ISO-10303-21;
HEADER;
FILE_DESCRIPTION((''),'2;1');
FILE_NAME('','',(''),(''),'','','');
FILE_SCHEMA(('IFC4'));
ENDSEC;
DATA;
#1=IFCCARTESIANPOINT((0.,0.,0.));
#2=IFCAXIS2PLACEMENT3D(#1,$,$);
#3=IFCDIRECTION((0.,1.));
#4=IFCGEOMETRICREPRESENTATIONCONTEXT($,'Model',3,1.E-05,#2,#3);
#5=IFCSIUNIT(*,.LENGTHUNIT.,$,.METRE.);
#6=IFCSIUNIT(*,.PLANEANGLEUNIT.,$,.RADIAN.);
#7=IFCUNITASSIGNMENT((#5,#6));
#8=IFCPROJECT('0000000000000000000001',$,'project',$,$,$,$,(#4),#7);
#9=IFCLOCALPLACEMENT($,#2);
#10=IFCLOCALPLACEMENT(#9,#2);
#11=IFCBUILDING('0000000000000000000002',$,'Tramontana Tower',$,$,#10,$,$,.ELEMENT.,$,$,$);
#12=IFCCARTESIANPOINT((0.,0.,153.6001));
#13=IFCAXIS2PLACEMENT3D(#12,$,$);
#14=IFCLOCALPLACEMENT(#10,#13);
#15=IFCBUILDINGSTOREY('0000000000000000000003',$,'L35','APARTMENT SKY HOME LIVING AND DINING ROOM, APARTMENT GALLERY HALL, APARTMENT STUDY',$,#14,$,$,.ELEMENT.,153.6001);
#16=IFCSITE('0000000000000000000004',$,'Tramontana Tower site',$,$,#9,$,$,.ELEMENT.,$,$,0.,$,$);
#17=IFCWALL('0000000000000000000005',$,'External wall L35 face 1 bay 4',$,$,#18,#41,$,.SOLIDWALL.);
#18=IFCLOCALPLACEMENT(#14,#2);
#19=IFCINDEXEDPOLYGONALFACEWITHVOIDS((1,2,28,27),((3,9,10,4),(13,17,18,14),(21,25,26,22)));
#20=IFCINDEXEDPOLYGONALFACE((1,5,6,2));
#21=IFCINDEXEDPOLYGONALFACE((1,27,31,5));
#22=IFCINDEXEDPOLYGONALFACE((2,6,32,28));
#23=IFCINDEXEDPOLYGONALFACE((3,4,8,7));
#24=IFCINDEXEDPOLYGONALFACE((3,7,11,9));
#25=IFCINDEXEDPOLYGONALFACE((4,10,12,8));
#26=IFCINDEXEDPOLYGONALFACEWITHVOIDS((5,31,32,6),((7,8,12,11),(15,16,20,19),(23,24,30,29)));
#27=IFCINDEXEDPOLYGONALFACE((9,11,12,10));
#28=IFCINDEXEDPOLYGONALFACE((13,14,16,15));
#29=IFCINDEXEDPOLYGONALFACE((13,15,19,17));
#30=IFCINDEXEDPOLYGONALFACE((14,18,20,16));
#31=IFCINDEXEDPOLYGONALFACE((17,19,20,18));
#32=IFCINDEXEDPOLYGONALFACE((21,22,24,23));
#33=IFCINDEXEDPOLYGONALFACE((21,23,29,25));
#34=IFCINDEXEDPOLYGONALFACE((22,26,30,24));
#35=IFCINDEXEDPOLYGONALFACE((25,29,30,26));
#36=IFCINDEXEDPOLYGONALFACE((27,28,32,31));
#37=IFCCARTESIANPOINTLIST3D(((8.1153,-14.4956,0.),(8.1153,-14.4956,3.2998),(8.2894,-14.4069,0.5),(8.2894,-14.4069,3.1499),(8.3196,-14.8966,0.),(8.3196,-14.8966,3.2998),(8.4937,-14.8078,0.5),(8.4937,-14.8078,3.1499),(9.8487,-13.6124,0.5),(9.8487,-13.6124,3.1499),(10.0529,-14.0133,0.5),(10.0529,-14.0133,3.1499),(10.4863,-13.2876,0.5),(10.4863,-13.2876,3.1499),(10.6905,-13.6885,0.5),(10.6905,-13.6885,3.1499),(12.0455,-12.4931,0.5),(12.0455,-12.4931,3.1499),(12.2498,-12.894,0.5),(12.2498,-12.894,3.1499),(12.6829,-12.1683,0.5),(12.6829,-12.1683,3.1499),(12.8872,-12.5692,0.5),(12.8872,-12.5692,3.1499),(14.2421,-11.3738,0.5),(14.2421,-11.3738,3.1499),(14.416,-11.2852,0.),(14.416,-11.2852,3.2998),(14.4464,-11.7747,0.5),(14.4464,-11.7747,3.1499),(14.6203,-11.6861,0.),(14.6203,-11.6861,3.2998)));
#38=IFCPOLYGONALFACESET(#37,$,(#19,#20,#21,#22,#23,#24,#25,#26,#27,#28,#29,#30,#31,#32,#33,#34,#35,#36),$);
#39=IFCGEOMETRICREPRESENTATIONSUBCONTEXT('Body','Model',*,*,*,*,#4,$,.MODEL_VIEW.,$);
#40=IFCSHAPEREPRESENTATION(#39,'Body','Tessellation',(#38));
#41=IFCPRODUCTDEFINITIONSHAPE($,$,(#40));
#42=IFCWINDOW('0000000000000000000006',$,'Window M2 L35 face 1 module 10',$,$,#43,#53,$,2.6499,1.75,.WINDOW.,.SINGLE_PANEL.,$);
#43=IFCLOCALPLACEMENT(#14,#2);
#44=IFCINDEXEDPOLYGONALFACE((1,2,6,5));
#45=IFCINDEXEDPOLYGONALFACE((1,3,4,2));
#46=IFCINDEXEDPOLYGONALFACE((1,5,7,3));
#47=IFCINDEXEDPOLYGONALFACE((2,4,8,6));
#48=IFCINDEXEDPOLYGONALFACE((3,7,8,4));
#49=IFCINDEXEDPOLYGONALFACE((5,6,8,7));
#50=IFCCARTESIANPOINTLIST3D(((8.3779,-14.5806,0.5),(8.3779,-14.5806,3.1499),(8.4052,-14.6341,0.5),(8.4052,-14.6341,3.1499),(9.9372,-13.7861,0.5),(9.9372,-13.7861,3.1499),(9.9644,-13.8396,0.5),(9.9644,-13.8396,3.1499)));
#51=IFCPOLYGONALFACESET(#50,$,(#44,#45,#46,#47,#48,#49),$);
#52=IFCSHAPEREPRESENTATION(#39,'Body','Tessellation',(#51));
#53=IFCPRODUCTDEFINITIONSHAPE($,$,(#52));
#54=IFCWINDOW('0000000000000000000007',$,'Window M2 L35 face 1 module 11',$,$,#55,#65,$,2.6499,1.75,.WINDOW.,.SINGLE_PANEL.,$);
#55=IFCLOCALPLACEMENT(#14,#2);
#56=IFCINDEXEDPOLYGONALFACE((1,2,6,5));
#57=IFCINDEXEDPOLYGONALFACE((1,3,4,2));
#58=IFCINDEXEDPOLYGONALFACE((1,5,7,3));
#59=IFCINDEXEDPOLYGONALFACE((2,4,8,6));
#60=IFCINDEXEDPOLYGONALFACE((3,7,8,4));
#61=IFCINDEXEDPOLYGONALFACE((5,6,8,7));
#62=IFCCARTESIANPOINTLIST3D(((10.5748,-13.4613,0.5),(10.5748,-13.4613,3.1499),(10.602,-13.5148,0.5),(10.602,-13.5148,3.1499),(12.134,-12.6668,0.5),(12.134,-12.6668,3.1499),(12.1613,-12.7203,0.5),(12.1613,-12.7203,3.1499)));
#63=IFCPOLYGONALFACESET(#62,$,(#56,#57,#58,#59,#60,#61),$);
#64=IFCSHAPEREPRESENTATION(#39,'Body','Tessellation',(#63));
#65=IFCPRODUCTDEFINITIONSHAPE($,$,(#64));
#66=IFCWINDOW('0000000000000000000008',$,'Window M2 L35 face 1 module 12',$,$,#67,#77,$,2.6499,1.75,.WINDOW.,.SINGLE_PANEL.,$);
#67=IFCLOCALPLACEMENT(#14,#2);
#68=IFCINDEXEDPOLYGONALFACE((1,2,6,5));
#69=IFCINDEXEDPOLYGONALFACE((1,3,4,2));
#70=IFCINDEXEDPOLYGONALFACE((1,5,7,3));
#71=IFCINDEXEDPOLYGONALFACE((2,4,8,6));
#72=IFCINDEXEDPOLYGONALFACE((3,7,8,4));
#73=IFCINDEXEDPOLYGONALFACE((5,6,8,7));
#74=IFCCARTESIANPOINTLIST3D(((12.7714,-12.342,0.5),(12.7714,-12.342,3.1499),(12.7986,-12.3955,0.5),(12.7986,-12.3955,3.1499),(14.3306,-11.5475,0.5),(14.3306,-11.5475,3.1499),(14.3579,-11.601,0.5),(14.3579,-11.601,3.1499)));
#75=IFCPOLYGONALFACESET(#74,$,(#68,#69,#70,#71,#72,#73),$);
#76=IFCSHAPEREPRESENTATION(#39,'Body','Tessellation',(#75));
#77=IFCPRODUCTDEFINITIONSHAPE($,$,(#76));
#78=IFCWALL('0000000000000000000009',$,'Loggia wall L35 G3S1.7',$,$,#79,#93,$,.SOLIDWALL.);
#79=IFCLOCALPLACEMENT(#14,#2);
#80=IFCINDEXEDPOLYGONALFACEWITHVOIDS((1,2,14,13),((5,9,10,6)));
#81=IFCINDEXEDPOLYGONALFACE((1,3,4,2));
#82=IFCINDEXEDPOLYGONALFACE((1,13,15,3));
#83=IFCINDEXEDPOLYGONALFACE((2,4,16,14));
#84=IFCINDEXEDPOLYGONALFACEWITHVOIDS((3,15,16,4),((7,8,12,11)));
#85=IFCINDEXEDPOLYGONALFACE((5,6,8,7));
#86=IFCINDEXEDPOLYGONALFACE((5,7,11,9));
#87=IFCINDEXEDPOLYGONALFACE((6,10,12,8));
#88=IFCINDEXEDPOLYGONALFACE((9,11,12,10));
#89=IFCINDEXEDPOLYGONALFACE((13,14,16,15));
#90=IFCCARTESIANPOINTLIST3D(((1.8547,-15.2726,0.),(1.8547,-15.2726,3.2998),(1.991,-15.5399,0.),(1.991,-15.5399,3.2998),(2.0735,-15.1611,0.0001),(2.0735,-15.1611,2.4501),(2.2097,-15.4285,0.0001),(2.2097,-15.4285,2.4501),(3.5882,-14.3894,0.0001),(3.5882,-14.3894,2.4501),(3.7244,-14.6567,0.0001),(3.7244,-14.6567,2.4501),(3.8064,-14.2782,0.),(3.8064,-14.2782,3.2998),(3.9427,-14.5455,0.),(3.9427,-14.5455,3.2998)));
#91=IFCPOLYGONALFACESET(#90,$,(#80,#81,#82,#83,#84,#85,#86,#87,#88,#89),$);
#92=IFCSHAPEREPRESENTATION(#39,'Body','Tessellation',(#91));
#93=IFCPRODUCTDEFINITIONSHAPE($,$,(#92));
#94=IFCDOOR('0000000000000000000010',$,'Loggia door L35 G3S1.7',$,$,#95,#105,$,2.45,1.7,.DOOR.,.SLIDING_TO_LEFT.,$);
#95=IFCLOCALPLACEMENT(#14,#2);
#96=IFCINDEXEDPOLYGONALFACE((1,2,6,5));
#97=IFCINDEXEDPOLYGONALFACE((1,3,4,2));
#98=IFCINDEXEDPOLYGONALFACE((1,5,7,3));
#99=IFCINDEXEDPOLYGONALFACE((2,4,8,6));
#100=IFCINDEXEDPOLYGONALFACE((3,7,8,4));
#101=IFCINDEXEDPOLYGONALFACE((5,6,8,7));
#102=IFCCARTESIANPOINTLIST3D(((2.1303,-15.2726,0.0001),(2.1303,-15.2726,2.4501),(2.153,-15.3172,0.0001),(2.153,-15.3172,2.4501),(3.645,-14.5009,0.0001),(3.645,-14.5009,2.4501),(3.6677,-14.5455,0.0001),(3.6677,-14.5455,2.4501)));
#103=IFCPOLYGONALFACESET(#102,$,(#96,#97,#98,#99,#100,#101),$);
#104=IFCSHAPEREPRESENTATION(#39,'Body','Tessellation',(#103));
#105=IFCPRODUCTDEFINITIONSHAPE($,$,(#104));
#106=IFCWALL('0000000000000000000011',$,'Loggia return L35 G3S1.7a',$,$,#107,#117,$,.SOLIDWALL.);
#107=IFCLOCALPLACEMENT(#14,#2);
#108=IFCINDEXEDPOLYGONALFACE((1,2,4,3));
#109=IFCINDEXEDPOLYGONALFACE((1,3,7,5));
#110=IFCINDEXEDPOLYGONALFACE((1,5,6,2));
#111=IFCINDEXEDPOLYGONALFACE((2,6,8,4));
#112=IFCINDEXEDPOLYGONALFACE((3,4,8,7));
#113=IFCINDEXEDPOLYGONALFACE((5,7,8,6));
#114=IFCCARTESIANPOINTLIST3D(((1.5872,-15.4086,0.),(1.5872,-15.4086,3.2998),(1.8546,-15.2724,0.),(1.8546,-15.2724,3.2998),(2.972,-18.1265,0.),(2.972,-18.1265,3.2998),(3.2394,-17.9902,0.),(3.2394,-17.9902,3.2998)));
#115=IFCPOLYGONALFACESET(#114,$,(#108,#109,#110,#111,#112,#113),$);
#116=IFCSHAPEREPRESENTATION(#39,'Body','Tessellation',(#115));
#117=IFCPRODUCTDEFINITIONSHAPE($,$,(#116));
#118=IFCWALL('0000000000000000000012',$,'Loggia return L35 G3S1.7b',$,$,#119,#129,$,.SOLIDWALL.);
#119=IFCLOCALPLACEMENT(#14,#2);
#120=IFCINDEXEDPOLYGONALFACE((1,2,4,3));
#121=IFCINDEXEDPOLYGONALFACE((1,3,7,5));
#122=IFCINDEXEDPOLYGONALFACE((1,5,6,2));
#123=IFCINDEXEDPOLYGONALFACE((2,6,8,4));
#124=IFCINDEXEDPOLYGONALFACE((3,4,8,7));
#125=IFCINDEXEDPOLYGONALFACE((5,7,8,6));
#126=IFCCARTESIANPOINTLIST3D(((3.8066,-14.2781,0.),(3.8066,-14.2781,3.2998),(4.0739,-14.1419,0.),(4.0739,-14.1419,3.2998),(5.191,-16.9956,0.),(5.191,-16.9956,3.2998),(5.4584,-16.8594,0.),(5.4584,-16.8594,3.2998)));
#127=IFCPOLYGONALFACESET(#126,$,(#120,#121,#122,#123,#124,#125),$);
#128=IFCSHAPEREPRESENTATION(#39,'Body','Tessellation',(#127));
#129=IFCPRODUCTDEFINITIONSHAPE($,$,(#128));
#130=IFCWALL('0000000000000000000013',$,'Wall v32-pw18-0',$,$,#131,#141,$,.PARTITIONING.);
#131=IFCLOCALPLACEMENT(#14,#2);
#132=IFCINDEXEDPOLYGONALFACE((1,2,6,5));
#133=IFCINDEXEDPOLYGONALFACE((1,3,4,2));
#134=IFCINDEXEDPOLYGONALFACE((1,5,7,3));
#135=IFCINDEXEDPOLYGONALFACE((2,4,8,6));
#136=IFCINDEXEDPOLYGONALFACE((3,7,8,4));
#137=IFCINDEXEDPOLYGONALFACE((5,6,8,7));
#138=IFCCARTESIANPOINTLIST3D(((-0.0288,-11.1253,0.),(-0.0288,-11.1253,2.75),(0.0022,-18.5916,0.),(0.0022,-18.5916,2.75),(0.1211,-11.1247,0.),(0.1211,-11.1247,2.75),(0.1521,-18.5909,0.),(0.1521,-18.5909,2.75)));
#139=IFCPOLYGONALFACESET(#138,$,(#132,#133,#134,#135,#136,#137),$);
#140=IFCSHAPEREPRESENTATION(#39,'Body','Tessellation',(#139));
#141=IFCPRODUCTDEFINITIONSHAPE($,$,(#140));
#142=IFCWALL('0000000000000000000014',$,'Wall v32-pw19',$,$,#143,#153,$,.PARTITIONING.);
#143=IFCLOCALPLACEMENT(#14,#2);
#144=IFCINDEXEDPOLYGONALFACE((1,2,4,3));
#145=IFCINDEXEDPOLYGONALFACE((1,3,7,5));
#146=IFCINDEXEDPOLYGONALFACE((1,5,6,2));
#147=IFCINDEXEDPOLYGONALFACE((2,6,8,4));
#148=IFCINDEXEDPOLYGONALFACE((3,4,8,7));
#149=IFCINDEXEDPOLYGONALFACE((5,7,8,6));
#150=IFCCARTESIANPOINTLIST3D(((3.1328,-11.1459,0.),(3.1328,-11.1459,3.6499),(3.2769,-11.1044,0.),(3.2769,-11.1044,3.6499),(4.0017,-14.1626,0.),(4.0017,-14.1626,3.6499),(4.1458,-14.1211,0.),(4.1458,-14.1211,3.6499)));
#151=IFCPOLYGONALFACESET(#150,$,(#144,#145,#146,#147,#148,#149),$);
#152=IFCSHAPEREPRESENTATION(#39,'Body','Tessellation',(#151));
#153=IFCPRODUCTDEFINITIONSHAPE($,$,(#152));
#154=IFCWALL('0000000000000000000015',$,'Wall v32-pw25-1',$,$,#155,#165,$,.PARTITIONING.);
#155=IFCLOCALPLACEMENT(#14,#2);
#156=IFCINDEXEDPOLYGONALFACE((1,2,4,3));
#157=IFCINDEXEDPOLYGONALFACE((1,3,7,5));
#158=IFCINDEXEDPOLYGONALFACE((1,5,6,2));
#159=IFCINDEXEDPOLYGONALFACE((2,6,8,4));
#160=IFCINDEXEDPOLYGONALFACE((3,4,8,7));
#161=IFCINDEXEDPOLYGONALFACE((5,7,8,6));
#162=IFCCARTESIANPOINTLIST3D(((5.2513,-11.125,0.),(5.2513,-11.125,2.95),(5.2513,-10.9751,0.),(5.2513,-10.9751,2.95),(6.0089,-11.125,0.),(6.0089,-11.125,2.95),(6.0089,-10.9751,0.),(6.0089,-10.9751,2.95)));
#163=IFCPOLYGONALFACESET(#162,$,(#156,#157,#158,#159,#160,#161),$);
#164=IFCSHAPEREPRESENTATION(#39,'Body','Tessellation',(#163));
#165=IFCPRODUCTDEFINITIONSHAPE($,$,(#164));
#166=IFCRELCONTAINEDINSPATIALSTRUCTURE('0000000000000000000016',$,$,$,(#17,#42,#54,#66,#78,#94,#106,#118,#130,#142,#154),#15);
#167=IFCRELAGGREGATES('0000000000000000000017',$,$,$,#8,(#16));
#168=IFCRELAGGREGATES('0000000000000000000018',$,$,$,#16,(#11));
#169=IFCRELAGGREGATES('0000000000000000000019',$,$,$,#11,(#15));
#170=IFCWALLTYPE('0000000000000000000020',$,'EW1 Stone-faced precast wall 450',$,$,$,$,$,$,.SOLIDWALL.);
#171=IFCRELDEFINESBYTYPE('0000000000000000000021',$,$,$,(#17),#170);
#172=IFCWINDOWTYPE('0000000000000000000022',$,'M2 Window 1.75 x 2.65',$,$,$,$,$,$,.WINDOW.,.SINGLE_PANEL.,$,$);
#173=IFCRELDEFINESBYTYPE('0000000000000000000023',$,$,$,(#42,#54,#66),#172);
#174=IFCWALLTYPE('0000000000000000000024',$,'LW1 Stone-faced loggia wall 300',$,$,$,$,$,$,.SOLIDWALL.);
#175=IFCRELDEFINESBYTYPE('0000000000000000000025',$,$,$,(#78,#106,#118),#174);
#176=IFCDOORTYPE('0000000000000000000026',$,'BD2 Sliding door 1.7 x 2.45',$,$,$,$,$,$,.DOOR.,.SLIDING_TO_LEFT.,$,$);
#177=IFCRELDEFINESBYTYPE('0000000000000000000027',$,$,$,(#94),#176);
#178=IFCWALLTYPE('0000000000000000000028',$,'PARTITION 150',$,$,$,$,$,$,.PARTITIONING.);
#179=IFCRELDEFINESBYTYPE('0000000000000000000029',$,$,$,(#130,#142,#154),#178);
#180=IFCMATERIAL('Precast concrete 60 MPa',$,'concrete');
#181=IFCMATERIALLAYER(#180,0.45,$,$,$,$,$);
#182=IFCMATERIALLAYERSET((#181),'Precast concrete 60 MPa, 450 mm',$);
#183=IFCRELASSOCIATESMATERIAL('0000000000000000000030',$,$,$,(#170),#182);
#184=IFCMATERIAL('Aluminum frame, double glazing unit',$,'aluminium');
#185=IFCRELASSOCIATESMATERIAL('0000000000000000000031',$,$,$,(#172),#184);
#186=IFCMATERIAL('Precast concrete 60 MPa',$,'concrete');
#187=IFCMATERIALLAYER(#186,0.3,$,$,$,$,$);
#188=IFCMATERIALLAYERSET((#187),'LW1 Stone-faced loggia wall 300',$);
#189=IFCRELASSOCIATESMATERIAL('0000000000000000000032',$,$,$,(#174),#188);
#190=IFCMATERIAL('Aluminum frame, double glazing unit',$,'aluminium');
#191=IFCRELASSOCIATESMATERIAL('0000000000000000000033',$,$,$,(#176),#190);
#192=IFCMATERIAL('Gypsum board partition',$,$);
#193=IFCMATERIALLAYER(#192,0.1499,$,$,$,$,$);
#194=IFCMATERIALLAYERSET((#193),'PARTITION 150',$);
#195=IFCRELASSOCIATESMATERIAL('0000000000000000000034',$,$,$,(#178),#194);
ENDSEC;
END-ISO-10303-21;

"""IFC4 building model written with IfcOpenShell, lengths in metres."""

from ifc_helpers import new_model, si_unit, direction, frame, frame_2d, origin, place, context, subcontext, project, spatial, rectangle, extrude, material, layer, layer_set, type_object, element, fill, save


model = new_model("IFC4")

# Units and contexts
model_context = context("Model", 3, precision=1e-05, world=origin(), true_north=direction((0.0, 1.0)))
body_context = subcontext(model_context, "Body", "Model", "MODEL_VIEW")
ifc_project = project(units=[si_unit("LENGTHUNIT", "METRE"), si_unit("PLANEANGLEUNIT", "RADIAN")], contexts=[model_context])

# Site, building, storey
site_placement = place(None, origin())
site = spatial("IfcSite", under=ifc_project, at=site_placement, Name="Tramontana Tower site", CompositionType="ELEMENT", RefElevation=0.0)
building_placement = place(site_placement, origin())
building = spatial("IfcBuilding", under=site, at=building_placement, Name="Tramontana Tower", CompositionType="ELEMENT")
storey_placement = place(building_placement, frame((0.0, 0.0, 153.6001)))
storey = spatial("IfcBuildingStorey", under=building, at=storey_placement, Name="L35", Description="APARTMENT SKY HOME LIVING AND DINING ROOM, APARTMENT GALLERY HALL, APARTMENT STUDY", CompositionType="ELEMENT", Elevation=153.6001)

# Shared definitions
ifc_material_1 = material(Name="Precast concrete 60 MPa", Category="concrete")
ifc_layer_1 = layer(ifc_material_1, 0.45)
ifc_layer_set_1 = layer_set([ifc_layer_1], Name="Precast concrete 60 MPa, 450 mm")
wall_type_1 = type_object("IfcWallType", Name="EW1 Stone-faced precast wall 450", PredefinedType="SOLIDWALL", material=ifc_layer_set_1)
ifc_material_2 = material(Name="Aluminum frame, double glazing unit", Category="aluminium")
window_type = type_object("IfcWindowType", Name="M2 Window 1.75 x 2.65", PartitioningType="SINGLE_PANEL", PredefinedType="WINDOW", material=ifc_material_2)

# Wall, openings, windows
wall_1_placement = place(storey_placement, frame((8.2175, -14.696, 0.0), z_axis=(0.0, 0.0, 1.0), x_axis=(0.891004, 0.453995, 0.0)))
wall_1 = element("IfcWall", 1, at=wall_1_placement, inside=storey, type_object=wall_type_1, Name="External wall L35 face 1 bay 4", PredefinedType="SOLIDWALL", context=body_context, shape_type="SweptSolid", body=[
    extrude(rectangle(XDim=7.0715, YDim=0.45, at=frame_2d((3.5356, 0.0))), origin(), (0.0, 0.0, 1.0), 3.2998),
])
opening_1_placement = place(wall_1_placement, frame((0.1953, 0.0, 0.5)))
opening_1 = element("IfcOpeningElement", 2, at=opening_1_placement, cuts=wall_1, PredefinedType="OPENING", context=body_context, shape_type="SweptSolid", body=[
    extrude(rectangle(XDim=1.75, YDim=2.6499, at=frame_2d((0.875, 1.325))), frame((0.0, 0.2349, 0.0), z_axis=(0.0, -1.0, 0.0), x_axis=(1.0, 0.0, 0.0)), (0.0, 0.0, 1.0), 0.47),
])
opening_2_placement = place(wall_1_placement, frame((2.6609, 0.0, 0.5)))
opening_2 = element("IfcOpeningElement", 3, at=opening_2_placement, cuts=wall_1, PredefinedType="OPENING", context=body_context, shape_type="SweptSolid", body=[
    extrude(rectangle(XDim=1.75, YDim=2.6499, at=frame_2d((0.875, 1.325))), frame((0.0, 0.2349, 0.0), z_axis=(0.0, -1.0, 0.0), x_axis=(1.0, 0.0, 0.0)), (0.0, 0.0, 1.0), 0.47),
])
opening_3_placement = place(wall_1_placement, frame((5.1262, 0.0, 0.5)))
opening_3 = element("IfcOpeningElement", 4, at=opening_3_placement, cuts=wall_1, PredefinedType="OPENING", context=body_context, shape_type="SweptSolid", body=[
    extrude(rectangle(XDim=1.75, YDim=2.6499, at=frame_2d((0.875, 1.325))), frame((0.0, 0.2349, 0.0), z_axis=(0.0, -1.0, 0.0), x_axis=(1.0, 0.0, 0.0)), (0.0, 0.0, 1.0), 0.47),
])
window_1_placement = place(opening_1_placement, origin())
window_1 = element("IfcWindow", 5, at=window_1_placement, inside=storey, type_object=window_type, Name="Window M2 L35 face 1 module 10", OverallHeight=2.6499, OverallWidth=1.75, PartitioningType="SINGLE_PANEL", PredefinedType="WINDOW", context=body_context, shape_type="SweptSolid", body=[
    extrude(rectangle(XDim=1.75, YDim=2.6499, at=frame_2d((0.875, 1.325))), frame((0.0, 0.03, 0.0), z_axis=(0.0, -1.0, 0.0), x_axis=(1.0, 0.0, 0.0)), (0.0, 0.0, 1.0), 0.0601),
])
fill(opening_1, window_1)
window_2_placement = place(opening_2_placement, origin())
window_2 = element("IfcWindow", 6, at=window_2_placement, inside=storey, type_object=window_type, Name="Window M2 L35 face 1 module 11", OverallHeight=2.6499, OverallWidth=1.75, PartitioningType="SINGLE_PANEL", PredefinedType="WINDOW", context=body_context, shape_type="SweptSolid", body=[
    extrude(rectangle(XDim=1.75, YDim=2.6499, at=frame_2d((0.875, 1.325))), frame((0.0, 0.03, 0.0), z_axis=(0.0, -1.0, 0.0), x_axis=(1.0, 0.0, 0.0)), (0.0, 0.0, 1.0), 0.0601),
])
fill(opening_2, window_2)
window_3_placement = place(opening_3_placement, origin())
window_3 = element("IfcWindow", 7, at=window_3_placement, inside=storey, type_object=window_type, Name="Window M2 L35 face 1 module 12", OverallHeight=2.6499, OverallWidth=1.75, PartitioningType="SINGLE_PANEL", PredefinedType="WINDOW", context=body_context, shape_type="SweptSolid", body=[
    extrude(rectangle(XDim=1.75, YDim=2.6499, at=frame_2d((0.875, 1.325))), frame((0.0, 0.03, 0.0), z_axis=(0.0, -1.0, 0.0), x_axis=(1.0, 0.0, 0.0)), (0.0, 0.0, 1.0), 0.0601),
])
fill(opening_3, window_3)

# Wall, opening, door
ifc_material_3 = material(Name="Precast concrete 60 MPa", Category="concrete")
ifc_layer_2 = layer(ifc_material_3, 0.3)
ifc_layer_set_2 = layer_set([ifc_layer_2], Name="LW1 Stone-faced loggia wall 300")
wall_type_2 = type_object("IfcWallType", Name="LW1 Stone-faced loggia wall 300", PredefinedType="SOLIDWALL", material=ifc_layer_set_2)
wall_2_placement = place(storey_placement, frame((1.9229, -15.4062, 0.0), z_axis=(0.0, 0.0, 1.0), x_axis=(0.891013, 0.453978, 0.0)))
wall_2 = element("IfcWall", 8, at=wall_2_placement, inside=storey, type_object=wall_type_2, Name="Loggia wall L35 G3S1.7", PredefinedType="SOLIDWALL", context=body_context, shape_type="SweptSolid", body=[
    extrude(rectangle(XDim=2.1904, YDim=0.3, at=frame_2d((1.0952, 0.0))), origin(), (0.0, 0.0, 1.0), 3.2998),
])
opening_4_placement = place(wall_2_placement, frame((0.2454, 0.0, 0.0)))
opening_4 = element("IfcOpeningElement", 9, at=opening_4_placement, cuts=wall_2, PredefinedType="OPENING", context=body_context, shape_type="SweptSolid", body=[
    extrude(rectangle(XDim=1.7, YDim=2.45, at=frame_2d((0.8501, 1.2251))), frame((0.0, 0.1599, 0.0), z_axis=(0.0, -1.0, 0.0), x_axis=(1.0, 0.0, 0.0)), (0.0, 0.0, 1.0), 0.3201),
])
ifc_material_4 = material(Name="Aluminum frame, double glazing unit", Category="aluminium")
door_type_1 = type_object("IfcDoorType", Name="BD2 Sliding door 1.7 x 2.45", OperationType="SLIDING_TO_LEFT", PredefinedType="DOOR", material=ifc_material_4)
door_1_placement = place(opening_4_placement, origin())
door_1 = element("IfcDoor", 10, at=door_1_placement, inside=storey, type_object=door_type_1, Name="Loggia door L35 G3S1.7", OperationType="SLIDING_TO_LEFT", OverallHeight=2.45, OverallWidth=1.7, PredefinedType="DOOR", context=body_context, shape_type="SweptSolid", body=[
    extrude(rectangle(XDim=1.7, YDim=2.45, at=frame_2d((0.8501, 1.2251))), frame((0.0, 0.0249, 0.0), z_axis=(0.0, -1.0, 0.0), x_axis=(1.0, 0.0, 0.0)), (0.0, 0.0, 1.0), 0.05),
])
fill(opening_4, door_1)

# Walls
wall_3_placement = place(storey_placement, frame((3.1057, -18.0583, 0.0), z_axis=(0.0, 0.0, 1.0), x_axis=(-0.453988, 0.891008, 0.0)))
element("IfcWall", 11, at=wall_3_placement, inside=storey, type_object=wall_type_2, Name="Loggia return L35 G3S1.7a", PredefinedType="SOLIDWALL", context=body_context, shape_type="SweptSolid", body=[
    extrude(rectangle(XDim=3.0503, YDim=0.3, at=frame_2d((1.5251, 0.0))), origin(), (0.0, 0.0, 1.0), 3.2998),
])
wall_4_placement = place(storey_placement, frame((5.3247, -16.9275, 0.0), z_axis=(0.0, 0.0, 1.0), x_axis=(-0.453957, 0.891024, 0.0)))
element("IfcWall", 12, at=wall_4_placement, inside=storey, type_object=wall_type_2, Name="Loggia return L35 G3S1.7b", PredefinedType="SOLIDWALL", context=body_context, shape_type="SweptSolid", body=[
    extrude(rectangle(XDim=3.0498, YDim=0.3, at=frame_2d((1.5249, 0.0))), origin(), (0.0, 0.0, 1.0), 3.2998),
])
ifc_material_5 = material(Name="Gypsum board partition")
ifc_layer_3 = layer(ifc_material_5, 0.1499)
ifc_layer_set_3 = layer_set([ifc_layer_3], Name="PARTITION 150")
wall_type_3 = type_object("IfcWallType", Name="PARTITION 150", PredefinedType="PARTITIONING", material=ifc_layer_set_3)
wall_5_placement = place(storey_placement, frame((0.0461, -11.125, 0.0), z_axis=(0.0, 0.0, 1.0), x_axis=(0.004153, -0.999991, 0.0)))
element("IfcWall", 13, at=wall_5_placement, inside=storey, type_object=wall_type_3, Name="Wall v32-pw18-0", PredefinedType="PARTITIONING", context=body_context, shape_type="SweptSolid", body=[
    extrude(rectangle(XDim=7.4663, YDim=0.1499, at=frame_2d((3.7332, 0.0))), origin(), (0.0, 0.0, 1.0), 2.75),
])
wall_6_placement = place(storey_placement, frame((3.2048, -11.125, 0.0), z_axis=(0.0, 0.0, 1.0), x_axis=(0.276764, -0.960938, 0.0)))
element("IfcWall", 14, at=wall_6_placement, inside=storey, type_object=wall_type_3, Name="Wall v32-pw19", PredefinedType="PARTITIONING", context=body_context, shape_type="SweptSolid", body=[
    extrude(rectangle(XDim=3.1394, YDim=0.1499, at=frame_2d((1.5698, 0.0))), origin(), (0.0, 0.0, 1.0), 3.6499),
])
wall_7_placement = place(storey_placement, frame((6.009, -11.05, 0.0), z_axis=(0.0, 0.0, 1.0), x_axis=(-1.0, 0.0, 0.0)))
element("IfcWall", 15, at=wall_7_placement, inside=storey, type_object=wall_type_3, Name="Wall v32-pw25-1", PredefinedType="PARTITIONING", context=body_context, shape_type="SweptSolid", body=[
    extrude(rectangle(XDim=0.7576, YDim=0.1499, at=frame_2d((0.3789, 0.0))), origin(), (0.0, 0.0, 1.0), 2.95),
])

save(model, "model.ifc")
